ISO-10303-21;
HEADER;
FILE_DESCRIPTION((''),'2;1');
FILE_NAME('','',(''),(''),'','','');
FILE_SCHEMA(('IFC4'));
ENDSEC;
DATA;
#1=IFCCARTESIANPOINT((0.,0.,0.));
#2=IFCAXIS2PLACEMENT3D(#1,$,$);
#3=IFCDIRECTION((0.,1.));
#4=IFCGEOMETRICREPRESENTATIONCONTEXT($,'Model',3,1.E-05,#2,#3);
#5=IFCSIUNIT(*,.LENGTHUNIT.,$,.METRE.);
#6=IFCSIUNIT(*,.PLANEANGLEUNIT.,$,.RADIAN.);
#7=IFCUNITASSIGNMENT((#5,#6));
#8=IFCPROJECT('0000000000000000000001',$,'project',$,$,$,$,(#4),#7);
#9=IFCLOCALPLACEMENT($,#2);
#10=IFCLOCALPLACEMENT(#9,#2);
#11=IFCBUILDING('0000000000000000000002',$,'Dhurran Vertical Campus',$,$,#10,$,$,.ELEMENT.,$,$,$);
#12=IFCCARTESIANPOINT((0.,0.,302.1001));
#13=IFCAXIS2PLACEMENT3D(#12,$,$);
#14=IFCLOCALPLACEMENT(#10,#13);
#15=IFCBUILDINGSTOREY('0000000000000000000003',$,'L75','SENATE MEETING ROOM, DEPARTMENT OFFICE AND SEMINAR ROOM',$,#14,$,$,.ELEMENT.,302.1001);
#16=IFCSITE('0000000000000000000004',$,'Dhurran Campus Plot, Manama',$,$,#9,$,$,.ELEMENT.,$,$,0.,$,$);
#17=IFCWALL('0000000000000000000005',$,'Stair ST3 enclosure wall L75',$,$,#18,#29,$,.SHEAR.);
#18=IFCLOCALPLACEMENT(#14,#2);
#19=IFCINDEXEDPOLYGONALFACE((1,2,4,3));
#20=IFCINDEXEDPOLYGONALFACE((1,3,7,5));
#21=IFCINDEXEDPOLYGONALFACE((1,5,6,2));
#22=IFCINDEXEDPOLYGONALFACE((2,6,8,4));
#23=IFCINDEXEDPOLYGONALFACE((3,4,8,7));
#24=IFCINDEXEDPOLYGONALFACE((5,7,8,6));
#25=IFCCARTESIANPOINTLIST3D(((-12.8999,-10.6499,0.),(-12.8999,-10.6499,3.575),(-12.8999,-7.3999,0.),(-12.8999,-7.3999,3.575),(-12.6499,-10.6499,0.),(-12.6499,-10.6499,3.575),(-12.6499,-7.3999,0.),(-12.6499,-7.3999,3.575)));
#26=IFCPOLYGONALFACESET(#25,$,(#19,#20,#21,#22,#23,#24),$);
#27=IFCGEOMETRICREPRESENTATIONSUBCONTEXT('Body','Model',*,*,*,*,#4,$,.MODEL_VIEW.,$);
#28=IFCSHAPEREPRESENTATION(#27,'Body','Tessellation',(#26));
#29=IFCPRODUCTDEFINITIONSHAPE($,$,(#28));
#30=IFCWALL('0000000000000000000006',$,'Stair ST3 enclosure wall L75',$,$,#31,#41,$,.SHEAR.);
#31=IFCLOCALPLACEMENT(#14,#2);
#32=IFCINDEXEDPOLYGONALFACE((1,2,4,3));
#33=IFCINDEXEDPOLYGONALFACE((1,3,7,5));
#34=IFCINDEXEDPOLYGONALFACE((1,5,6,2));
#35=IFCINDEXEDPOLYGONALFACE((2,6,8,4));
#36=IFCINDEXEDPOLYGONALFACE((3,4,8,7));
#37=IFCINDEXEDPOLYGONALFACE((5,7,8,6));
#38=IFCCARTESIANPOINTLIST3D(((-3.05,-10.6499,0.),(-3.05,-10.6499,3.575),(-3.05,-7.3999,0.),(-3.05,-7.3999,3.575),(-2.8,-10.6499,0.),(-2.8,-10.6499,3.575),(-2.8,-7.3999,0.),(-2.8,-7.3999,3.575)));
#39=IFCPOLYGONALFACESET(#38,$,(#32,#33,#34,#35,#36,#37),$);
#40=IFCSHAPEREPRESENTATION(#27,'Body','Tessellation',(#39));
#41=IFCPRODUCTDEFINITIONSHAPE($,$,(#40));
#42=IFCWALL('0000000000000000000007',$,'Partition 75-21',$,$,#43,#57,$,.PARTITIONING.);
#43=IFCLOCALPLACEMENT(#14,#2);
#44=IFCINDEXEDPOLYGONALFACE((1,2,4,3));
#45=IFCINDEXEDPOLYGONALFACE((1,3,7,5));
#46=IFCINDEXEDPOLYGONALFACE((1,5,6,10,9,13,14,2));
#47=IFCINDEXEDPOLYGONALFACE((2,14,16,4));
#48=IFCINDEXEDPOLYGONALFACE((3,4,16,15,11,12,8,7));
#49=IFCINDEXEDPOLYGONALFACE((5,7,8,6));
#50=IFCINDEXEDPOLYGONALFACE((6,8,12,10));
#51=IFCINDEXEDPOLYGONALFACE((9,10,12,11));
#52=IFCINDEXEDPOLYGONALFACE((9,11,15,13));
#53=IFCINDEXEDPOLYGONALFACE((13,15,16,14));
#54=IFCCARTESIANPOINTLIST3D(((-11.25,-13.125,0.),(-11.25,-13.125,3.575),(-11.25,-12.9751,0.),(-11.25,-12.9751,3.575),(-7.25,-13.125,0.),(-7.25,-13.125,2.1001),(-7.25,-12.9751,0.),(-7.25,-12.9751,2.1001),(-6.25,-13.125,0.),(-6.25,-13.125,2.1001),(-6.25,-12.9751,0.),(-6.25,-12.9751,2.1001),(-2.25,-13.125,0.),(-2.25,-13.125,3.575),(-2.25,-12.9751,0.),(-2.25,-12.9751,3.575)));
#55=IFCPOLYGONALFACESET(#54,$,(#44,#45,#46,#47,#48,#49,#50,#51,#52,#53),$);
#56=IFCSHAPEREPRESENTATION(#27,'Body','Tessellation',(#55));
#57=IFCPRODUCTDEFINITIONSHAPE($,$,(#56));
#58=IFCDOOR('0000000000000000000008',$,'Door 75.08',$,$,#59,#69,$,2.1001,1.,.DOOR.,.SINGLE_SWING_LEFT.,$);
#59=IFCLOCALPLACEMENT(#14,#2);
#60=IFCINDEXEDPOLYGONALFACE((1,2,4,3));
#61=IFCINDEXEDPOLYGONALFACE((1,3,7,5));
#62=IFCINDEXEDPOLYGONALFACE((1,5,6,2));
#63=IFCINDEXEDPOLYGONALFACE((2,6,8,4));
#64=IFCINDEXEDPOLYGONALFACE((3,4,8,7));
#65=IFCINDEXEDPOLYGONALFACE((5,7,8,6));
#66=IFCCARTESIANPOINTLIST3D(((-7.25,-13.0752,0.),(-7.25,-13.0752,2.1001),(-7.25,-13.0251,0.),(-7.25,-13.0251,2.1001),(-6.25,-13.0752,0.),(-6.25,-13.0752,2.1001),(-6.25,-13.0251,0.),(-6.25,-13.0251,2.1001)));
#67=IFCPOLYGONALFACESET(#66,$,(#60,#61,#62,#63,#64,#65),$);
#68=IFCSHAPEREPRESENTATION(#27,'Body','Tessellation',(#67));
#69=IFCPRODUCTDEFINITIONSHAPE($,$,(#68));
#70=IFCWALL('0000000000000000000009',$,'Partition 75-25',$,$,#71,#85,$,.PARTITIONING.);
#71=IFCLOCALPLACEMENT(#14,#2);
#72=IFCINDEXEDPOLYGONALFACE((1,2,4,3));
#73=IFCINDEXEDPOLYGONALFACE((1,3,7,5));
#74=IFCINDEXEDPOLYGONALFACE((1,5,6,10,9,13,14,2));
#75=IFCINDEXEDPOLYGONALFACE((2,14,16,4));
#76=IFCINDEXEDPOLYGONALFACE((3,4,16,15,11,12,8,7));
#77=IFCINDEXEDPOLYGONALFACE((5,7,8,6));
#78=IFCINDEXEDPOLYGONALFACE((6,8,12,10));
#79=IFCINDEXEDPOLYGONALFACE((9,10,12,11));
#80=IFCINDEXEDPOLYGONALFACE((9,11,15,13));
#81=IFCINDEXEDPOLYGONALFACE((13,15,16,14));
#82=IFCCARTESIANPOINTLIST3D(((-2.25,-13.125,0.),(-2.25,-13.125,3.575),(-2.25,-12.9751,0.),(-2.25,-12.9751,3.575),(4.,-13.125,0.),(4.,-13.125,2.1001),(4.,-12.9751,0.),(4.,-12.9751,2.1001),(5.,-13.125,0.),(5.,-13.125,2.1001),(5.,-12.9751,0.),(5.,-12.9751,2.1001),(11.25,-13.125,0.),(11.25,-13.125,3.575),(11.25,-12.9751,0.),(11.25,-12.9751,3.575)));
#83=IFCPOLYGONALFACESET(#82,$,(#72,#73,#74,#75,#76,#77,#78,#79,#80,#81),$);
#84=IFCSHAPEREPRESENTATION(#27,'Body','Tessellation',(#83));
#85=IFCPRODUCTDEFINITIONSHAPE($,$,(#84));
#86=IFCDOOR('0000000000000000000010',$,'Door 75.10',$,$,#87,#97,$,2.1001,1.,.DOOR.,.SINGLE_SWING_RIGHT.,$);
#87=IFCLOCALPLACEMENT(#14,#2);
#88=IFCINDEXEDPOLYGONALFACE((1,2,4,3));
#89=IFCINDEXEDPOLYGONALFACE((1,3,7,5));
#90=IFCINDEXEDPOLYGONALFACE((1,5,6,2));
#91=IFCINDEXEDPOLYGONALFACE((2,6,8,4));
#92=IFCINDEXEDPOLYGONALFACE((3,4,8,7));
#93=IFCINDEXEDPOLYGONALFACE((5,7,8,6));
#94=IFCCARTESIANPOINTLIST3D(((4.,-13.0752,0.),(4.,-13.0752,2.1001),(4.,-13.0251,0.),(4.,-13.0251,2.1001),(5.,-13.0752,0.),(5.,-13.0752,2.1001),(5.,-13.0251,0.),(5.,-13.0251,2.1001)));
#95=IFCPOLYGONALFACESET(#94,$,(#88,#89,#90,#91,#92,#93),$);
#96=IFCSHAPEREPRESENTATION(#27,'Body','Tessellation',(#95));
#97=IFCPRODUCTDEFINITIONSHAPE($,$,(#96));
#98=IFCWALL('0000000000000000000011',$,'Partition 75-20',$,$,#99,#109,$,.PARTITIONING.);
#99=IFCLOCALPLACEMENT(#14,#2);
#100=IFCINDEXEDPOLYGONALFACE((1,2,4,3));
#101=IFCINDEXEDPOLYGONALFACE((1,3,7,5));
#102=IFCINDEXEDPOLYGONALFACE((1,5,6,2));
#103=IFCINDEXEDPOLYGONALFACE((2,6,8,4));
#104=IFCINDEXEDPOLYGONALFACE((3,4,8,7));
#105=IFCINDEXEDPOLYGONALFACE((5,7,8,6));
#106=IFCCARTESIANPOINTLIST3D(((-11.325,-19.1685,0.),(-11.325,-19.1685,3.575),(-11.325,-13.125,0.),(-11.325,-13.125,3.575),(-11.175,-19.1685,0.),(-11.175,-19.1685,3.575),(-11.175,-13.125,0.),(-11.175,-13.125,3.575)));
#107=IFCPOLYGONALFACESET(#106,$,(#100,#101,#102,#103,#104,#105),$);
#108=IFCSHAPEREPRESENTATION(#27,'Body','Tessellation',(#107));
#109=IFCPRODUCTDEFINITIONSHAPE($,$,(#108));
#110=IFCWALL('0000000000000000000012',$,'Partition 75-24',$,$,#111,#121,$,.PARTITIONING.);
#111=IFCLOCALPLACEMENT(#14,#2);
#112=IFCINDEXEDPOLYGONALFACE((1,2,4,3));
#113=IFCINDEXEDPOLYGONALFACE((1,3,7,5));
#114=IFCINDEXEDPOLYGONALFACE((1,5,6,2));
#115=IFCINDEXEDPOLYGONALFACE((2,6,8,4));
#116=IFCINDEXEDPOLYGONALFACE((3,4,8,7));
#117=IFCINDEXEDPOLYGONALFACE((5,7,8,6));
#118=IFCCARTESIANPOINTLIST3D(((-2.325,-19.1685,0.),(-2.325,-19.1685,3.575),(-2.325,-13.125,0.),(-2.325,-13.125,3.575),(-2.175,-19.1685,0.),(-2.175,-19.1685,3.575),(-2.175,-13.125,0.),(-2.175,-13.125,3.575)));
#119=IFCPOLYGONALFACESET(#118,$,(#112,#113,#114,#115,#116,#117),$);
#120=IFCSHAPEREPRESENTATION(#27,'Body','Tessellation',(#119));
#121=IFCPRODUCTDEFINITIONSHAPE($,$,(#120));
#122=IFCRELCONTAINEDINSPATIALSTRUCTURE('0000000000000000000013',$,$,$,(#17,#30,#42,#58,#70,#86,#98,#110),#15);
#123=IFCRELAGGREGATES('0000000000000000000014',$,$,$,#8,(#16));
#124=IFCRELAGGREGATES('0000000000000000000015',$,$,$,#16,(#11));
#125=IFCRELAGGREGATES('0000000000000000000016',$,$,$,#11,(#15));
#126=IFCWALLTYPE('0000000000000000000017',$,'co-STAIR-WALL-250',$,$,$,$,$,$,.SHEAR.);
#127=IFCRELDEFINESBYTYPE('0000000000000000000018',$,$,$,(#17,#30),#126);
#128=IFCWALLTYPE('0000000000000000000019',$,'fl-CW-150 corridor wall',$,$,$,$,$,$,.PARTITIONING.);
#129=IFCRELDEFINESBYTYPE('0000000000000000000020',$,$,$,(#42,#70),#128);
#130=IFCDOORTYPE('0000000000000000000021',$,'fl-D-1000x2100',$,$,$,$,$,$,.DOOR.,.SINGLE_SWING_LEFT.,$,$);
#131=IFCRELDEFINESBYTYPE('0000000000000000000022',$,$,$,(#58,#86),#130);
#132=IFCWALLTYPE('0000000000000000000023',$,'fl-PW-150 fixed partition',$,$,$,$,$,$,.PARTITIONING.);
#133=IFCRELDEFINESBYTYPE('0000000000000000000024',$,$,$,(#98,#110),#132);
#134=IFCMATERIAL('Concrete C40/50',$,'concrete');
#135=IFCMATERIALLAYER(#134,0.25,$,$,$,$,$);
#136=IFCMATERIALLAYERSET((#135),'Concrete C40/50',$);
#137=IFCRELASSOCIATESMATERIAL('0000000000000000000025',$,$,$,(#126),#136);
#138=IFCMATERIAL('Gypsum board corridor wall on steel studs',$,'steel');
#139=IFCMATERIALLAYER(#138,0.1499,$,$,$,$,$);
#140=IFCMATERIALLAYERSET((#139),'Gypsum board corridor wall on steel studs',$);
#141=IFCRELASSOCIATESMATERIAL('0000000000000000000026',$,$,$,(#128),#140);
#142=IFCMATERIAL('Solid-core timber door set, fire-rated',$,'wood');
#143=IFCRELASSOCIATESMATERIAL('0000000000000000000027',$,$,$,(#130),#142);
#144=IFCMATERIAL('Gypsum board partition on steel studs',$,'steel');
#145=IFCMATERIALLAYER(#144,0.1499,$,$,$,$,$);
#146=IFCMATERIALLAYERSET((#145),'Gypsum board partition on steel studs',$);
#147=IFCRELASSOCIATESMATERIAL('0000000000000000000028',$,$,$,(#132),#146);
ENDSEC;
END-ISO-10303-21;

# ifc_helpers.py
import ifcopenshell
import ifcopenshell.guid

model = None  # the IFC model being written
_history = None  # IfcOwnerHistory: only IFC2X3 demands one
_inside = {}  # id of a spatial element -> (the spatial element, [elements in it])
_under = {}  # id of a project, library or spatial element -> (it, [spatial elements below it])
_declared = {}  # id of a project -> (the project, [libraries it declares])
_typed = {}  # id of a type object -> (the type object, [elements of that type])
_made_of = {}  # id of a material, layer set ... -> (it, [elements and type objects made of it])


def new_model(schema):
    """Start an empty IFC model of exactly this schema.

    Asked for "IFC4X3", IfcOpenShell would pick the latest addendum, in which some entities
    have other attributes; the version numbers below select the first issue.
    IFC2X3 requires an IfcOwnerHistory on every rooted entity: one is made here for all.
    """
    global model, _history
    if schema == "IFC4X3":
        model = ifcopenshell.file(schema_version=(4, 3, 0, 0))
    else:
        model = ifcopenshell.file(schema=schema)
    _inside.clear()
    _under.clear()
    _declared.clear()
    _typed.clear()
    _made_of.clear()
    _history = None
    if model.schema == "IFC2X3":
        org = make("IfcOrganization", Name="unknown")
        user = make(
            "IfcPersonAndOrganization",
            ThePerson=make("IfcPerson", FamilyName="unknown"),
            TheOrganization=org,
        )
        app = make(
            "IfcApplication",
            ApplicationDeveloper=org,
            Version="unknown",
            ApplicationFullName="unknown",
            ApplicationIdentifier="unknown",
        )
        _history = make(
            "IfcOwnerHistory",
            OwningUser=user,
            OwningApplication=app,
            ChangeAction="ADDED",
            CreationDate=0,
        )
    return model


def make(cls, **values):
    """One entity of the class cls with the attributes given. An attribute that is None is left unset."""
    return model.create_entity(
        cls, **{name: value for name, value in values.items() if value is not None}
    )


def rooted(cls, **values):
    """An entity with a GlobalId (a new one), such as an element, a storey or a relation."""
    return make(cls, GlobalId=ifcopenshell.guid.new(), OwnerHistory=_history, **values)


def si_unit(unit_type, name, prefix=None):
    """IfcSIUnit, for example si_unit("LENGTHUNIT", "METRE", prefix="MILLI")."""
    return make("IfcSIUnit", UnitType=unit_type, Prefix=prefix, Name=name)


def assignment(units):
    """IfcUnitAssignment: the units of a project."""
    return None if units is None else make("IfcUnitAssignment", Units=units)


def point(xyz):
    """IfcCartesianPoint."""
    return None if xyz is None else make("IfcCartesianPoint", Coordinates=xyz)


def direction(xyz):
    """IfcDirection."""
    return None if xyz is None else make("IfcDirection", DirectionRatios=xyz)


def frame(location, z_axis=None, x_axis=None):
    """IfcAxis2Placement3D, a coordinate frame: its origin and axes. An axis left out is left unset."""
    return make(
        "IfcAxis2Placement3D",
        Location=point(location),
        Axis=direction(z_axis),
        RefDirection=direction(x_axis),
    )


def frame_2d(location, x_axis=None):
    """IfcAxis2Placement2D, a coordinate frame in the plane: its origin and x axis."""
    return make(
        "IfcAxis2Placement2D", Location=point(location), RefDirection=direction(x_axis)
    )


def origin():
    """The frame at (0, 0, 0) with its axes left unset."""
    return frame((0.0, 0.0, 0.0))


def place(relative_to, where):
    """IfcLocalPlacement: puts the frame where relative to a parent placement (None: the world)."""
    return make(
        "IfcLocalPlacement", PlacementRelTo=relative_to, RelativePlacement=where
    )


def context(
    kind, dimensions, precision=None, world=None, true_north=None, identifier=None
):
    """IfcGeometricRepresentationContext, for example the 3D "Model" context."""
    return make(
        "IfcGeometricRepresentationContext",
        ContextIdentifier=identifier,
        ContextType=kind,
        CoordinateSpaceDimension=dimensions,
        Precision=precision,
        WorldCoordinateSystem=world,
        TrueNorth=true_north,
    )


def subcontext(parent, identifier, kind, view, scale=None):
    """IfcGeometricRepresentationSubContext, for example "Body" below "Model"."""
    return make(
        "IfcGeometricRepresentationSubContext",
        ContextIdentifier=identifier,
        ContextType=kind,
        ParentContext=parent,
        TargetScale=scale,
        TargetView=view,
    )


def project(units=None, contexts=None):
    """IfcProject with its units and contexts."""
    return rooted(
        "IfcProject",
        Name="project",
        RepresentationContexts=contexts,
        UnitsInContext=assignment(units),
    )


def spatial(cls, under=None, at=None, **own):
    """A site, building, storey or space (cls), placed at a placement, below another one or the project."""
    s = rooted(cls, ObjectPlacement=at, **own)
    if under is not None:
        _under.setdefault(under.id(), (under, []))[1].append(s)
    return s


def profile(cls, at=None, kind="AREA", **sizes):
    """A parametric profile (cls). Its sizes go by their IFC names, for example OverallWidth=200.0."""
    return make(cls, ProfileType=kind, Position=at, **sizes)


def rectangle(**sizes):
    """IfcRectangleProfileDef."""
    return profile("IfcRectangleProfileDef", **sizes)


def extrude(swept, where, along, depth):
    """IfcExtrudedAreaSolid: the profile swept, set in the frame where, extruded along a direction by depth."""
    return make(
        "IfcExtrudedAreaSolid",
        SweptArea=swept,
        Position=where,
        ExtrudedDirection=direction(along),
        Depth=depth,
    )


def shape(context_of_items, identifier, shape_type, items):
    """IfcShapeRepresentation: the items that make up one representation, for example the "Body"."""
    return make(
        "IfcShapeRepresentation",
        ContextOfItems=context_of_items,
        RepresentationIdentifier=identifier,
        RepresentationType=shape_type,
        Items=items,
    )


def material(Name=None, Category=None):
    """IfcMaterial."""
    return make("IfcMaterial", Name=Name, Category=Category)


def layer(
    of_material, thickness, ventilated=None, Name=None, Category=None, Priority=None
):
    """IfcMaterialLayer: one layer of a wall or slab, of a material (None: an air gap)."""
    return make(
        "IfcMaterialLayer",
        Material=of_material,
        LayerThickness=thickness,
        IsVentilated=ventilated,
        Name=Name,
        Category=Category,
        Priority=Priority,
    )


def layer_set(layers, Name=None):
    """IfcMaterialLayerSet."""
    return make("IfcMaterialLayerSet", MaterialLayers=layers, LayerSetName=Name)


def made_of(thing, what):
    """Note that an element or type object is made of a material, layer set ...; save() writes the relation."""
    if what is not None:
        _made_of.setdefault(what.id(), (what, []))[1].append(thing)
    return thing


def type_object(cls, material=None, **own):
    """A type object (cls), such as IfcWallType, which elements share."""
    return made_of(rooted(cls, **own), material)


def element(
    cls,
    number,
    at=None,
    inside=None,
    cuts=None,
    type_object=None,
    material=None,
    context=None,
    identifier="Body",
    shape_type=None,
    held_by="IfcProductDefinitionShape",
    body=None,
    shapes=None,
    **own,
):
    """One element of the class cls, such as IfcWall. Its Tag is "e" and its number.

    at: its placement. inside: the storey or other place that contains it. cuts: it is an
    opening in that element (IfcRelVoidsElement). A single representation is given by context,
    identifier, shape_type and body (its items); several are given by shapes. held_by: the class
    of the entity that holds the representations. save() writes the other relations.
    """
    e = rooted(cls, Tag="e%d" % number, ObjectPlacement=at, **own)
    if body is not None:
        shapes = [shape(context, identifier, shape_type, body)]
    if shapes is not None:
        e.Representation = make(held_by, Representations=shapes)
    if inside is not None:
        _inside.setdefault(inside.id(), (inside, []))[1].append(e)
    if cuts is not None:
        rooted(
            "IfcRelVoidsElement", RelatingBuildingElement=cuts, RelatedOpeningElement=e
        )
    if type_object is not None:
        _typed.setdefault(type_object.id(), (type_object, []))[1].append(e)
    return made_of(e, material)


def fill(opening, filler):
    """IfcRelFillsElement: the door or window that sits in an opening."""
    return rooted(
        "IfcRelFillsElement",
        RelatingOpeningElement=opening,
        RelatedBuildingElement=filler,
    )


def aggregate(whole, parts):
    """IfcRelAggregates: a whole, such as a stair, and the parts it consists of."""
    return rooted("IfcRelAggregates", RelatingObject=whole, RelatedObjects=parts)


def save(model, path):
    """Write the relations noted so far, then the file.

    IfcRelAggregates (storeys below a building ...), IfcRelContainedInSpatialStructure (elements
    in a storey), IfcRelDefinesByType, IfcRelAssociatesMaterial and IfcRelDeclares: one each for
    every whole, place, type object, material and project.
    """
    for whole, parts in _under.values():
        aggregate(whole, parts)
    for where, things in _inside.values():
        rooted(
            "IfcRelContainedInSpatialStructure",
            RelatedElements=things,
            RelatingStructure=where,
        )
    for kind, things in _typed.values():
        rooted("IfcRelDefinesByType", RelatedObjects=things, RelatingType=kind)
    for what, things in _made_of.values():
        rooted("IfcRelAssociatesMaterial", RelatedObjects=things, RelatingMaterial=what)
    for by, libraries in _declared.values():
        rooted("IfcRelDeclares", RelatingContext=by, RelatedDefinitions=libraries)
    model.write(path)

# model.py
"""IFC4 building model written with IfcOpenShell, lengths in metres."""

from ifc_helpers import new_model, si_unit, direction, frame, frame_2d, origin, place, context, subcontext, project, spatial, rectangle, extrude, material, layer, layer_set, type_object, element, fill, save


model = new_model("IFC4")

# Units and contexts
model_context = context("Model", 3, precision=1e-05, world=origin(), true_north=direction((0.0, 1.0)))
body_context = subcontext(model_context, "Body", "Model", "MODEL_VIEW")
ifc_project = project(units=[si_unit("LENGTHUNIT", "METRE"), si_unit("PLANEANGLEUNIT", "RADIAN")], contexts=[model_context])

# Site, building, storey
site_placement = place(None, origin())
site = spatial("IfcSite", under=ifc_project, at=site_placement, Name="Dhurran Campus Plot, Manama", CompositionType="ELEMENT", RefElevation=0.0)
building_placement = place(site_placement, origin())
building = spatial("IfcBuilding", under=site, at=building_placement, Name="Dhurran Vertical Campus", CompositionType="ELEMENT")
storey_placement = place(building_placement, frame((0.0, 0.0, 302.1001)))
storey = spatial("IfcBuildingStorey", under=building, at=storey_placement, Name="L75", Description="SENATE MEETING ROOM, DEPARTMENT OFFICE AND SEMINAR ROOM", CompositionType="ELEMENT", Elevation=302.1001)

# Walls
ifc_material_1 = material(Name="Concrete C40/50", Category="concrete")
ifc_layer_1 = layer(ifc_material_1, 0.25)
ifc_layer_set_1 = layer_set([ifc_layer_1], Name="Concrete C40/50")
wall_type_1 = type_object("IfcWallType", Name="co-STAIR-WALL-250", PredefinedType="SHEAR", material=ifc_layer_set_1)
for number, where, z_axis, x_axis, name in (
    (1, (-12.7749, -10.6499, 0.0), (0.0, 0.0, 1.0), (0.0, 1.0, 0.0), "Stair ST3 enclosure wall L75"),
    (2, (-2.925, -10.6499, 0.0), (0.0, 0.0, 1.0), (0.0, 1.0, 0.0), "Stair ST3 enclosure wall L75"),
):
    element("IfcWall", number, at=place(storey_placement, frame(where, z_axis=z_axis, x_axis=x_axis)), inside=storey, type_object=wall_type_1, Name=name, PredefinedType="SHEAR", context=body_context, shape_type="SweptSolid", body=[
        extrude(rectangle(XDim=3.25, YDim=0.25, at=frame_2d((1.625, 0.0))), origin(), (0.0, 0.0, 1.0), 3.575),
    ])

# Walls, openings, doors
ifc_material_2 = material(Name="Gypsum board corridor wall on steel studs", Category="steel")
ifc_layer_2 = layer(ifc_material_2, 0.1499)
ifc_layer_set_2 = layer_set([ifc_layer_2], Name="Gypsum board corridor wall on steel studs")
wall_type_2 = type_object("IfcWallType", Name="fl-CW-150 corridor wall", PredefinedType="PARTITIONING", material=ifc_layer_set_2)
wall_1_placement = place(storey_placement, frame((-11.25, -13.05, 0.0), z_axis=(0.0, 0.0, 1.0), x_axis=(1.0, 0.0, 0.0)))
wall_1 = element("IfcWall", 3, at=wall_1_placement, inside=storey, type_object=wall_type_2, Name="Partition 75-21", PredefinedType="PARTITIONING", context=body_context, shape_type="SweptSolid", body=[
    extrude(rectangle(XDim=9.0, YDim=0.1499, at=frame_2d((4.5, 0.0))), origin(), (0.0, 0.0, 1.0), 3.575),
])
opening_1_placement = place(wall_1_placement, frame((4.0, 0.0, 0.0)))
opening_1 = element("IfcOpeningElement", 4, at=opening_1_placement, cuts=wall_1, PredefinedType="OPENING", context=body_context, shape_type="SweptSolid", body=[
    extrude(rectangle(XDim=1.0, YDim=2.1001, at=frame_2d((0.5, 1.05))), frame((0.0, 0.085, 0.0), z_axis=(0.0, -1.0, 0.0), x_axis=(1.0, 0.0, 0.0)), (0.0, 0.0, 1.0), 0.1699),
])
ifc_material_3 = material(Name="Solid-core timber door set, fire-rated", Category="wood")
door_type_1 = type_object("IfcDoorType", Name="fl-D-1000x2100", OperationType="SINGLE_SWING_LEFT", PredefinedType="DOOR", material=ifc_material_3)
door_1_placement = place(opening_1_placement, origin())
door_1 = element("IfcDoor", 5, at=door_1_placement, inside=storey, type_object=door_type_1, Name="Door 75.08", OperationType="SINGLE_SWING_LEFT", OverallHeight=2.1001, OverallWidth=1.0, PredefinedType="DOOR", context=body_context, shape_type="SweptSolid", body=[
    extrude(rectangle(XDim=1.0, YDim=2.1001, at=frame_2d((0.5, 1.05))), frame((0.0, 0.0249, 0.0), z_axis=(0.0, -1.0, 0.0), x_axis=(1.0, 0.0, 0.0)), (0.0, 0.0, 1.0), 0.05),
])
fill(opening_1, door_1)
wall_2_placement = place(storey_placement, frame((-2.25, -13.05, 0.0), z_axis=(0.0, 0.0, 1.0), x_axis=(1.0, 0.0, 0.0)))
wall_2 = element("IfcWall", 6, at=wall_2_placement, inside=storey, type_object=wall_type_2, Name="Partition 75-25", PredefinedType="PARTITIONING", context=body_context, shape_type="SweptSolid", body=[
    extrude(rectangle(XDim=13.5, YDim=0.1499, at=frame_2d((6.75, 0.0))), origin(), (0.0, 0.0, 1.0), 3.575),
])
opening_2_placement = place(wall_2_placement, frame((6.25, 0.0, 0.0)))
opening_2 = element("IfcOpeningElement", 7, at=opening_2_placement, cuts=wall_2, PredefinedType="OPENING", context=body_context, shape_type="SweptSolid", body=[
    extrude(rectangle(XDim=1.0, YDim=2.1001, at=frame_2d((0.5, 1.05))), frame((0.0, 0.085, 0.0), z_axis=(0.0, -1.0, 0.0), x_axis=(1.0, 0.0, 0.0)), (0.0, 0.0, 1.0), 0.1699),
])
door_2_placement = place(opening_2_placement, origin())
door_2 = element("IfcDoor", 8, at=door_2_placement, inside=storey, type_object=door_type_1, Name="Door 75.10", OperationType="SINGLE_SWING_RIGHT", OverallHeight=2.1001, OverallWidth=1.0, PredefinedType="DOOR", context=body_context, shape_type="SweptSolid", body=[
    extrude(rectangle(XDim=1.0, YDim=2.1001, at=frame_2d((0.5, 1.05))), frame((0.0, 0.0249, 0.0), z_axis=(0.0, -1.0, 0.0), x_axis=(1.0, 0.0, 0.0)), (0.0, 0.0, 1.0), 0.05),
])
fill(opening_2, door_2)

# Walls
ifc_material_4 = material(Name="Gypsum board partition on steel studs", Category="steel")
ifc_layer_3 = layer(ifc_material_4, 0.1499)
ifc_layer_set_3 = layer_set([ifc_layer_3], Name="Gypsum board partition on steel studs")
wall_type_3 = type_object("IfcWallType", Name="fl-PW-150 fixed partition", PredefinedType="PARTITIONING", material=ifc_layer_set_3)
for number, where, z_axis, x_axis, name in (
    (9, (-11.25, -13.125, 0.0), (0.0, 0.0, 1.0), (0.0, -1.0, 0.0), "Partition 75-20"),
    (10, (-2.25, -13.125, 0.0), (0.0, 0.0, 1.0), (0.0, -1.0, 0.0), "Partition 75-24"),
):
    element("IfcWall", number, at=place(storey_placement, frame(where, z_axis=z_axis, x_axis=x_axis)), inside=storey, type_object=wall_type_3, Name=name, PredefinedType="PARTITIONING", context=body_context, shape_type="SweptSolid", body=[
        extrude(rectangle(XDim=6.0435, YDim=0.1499, at=frame_2d((3.0217, 0.0))), origin(), (0.0, 0.0, 1.0), 3.575),
    ])

save(model, "model.ifc")
